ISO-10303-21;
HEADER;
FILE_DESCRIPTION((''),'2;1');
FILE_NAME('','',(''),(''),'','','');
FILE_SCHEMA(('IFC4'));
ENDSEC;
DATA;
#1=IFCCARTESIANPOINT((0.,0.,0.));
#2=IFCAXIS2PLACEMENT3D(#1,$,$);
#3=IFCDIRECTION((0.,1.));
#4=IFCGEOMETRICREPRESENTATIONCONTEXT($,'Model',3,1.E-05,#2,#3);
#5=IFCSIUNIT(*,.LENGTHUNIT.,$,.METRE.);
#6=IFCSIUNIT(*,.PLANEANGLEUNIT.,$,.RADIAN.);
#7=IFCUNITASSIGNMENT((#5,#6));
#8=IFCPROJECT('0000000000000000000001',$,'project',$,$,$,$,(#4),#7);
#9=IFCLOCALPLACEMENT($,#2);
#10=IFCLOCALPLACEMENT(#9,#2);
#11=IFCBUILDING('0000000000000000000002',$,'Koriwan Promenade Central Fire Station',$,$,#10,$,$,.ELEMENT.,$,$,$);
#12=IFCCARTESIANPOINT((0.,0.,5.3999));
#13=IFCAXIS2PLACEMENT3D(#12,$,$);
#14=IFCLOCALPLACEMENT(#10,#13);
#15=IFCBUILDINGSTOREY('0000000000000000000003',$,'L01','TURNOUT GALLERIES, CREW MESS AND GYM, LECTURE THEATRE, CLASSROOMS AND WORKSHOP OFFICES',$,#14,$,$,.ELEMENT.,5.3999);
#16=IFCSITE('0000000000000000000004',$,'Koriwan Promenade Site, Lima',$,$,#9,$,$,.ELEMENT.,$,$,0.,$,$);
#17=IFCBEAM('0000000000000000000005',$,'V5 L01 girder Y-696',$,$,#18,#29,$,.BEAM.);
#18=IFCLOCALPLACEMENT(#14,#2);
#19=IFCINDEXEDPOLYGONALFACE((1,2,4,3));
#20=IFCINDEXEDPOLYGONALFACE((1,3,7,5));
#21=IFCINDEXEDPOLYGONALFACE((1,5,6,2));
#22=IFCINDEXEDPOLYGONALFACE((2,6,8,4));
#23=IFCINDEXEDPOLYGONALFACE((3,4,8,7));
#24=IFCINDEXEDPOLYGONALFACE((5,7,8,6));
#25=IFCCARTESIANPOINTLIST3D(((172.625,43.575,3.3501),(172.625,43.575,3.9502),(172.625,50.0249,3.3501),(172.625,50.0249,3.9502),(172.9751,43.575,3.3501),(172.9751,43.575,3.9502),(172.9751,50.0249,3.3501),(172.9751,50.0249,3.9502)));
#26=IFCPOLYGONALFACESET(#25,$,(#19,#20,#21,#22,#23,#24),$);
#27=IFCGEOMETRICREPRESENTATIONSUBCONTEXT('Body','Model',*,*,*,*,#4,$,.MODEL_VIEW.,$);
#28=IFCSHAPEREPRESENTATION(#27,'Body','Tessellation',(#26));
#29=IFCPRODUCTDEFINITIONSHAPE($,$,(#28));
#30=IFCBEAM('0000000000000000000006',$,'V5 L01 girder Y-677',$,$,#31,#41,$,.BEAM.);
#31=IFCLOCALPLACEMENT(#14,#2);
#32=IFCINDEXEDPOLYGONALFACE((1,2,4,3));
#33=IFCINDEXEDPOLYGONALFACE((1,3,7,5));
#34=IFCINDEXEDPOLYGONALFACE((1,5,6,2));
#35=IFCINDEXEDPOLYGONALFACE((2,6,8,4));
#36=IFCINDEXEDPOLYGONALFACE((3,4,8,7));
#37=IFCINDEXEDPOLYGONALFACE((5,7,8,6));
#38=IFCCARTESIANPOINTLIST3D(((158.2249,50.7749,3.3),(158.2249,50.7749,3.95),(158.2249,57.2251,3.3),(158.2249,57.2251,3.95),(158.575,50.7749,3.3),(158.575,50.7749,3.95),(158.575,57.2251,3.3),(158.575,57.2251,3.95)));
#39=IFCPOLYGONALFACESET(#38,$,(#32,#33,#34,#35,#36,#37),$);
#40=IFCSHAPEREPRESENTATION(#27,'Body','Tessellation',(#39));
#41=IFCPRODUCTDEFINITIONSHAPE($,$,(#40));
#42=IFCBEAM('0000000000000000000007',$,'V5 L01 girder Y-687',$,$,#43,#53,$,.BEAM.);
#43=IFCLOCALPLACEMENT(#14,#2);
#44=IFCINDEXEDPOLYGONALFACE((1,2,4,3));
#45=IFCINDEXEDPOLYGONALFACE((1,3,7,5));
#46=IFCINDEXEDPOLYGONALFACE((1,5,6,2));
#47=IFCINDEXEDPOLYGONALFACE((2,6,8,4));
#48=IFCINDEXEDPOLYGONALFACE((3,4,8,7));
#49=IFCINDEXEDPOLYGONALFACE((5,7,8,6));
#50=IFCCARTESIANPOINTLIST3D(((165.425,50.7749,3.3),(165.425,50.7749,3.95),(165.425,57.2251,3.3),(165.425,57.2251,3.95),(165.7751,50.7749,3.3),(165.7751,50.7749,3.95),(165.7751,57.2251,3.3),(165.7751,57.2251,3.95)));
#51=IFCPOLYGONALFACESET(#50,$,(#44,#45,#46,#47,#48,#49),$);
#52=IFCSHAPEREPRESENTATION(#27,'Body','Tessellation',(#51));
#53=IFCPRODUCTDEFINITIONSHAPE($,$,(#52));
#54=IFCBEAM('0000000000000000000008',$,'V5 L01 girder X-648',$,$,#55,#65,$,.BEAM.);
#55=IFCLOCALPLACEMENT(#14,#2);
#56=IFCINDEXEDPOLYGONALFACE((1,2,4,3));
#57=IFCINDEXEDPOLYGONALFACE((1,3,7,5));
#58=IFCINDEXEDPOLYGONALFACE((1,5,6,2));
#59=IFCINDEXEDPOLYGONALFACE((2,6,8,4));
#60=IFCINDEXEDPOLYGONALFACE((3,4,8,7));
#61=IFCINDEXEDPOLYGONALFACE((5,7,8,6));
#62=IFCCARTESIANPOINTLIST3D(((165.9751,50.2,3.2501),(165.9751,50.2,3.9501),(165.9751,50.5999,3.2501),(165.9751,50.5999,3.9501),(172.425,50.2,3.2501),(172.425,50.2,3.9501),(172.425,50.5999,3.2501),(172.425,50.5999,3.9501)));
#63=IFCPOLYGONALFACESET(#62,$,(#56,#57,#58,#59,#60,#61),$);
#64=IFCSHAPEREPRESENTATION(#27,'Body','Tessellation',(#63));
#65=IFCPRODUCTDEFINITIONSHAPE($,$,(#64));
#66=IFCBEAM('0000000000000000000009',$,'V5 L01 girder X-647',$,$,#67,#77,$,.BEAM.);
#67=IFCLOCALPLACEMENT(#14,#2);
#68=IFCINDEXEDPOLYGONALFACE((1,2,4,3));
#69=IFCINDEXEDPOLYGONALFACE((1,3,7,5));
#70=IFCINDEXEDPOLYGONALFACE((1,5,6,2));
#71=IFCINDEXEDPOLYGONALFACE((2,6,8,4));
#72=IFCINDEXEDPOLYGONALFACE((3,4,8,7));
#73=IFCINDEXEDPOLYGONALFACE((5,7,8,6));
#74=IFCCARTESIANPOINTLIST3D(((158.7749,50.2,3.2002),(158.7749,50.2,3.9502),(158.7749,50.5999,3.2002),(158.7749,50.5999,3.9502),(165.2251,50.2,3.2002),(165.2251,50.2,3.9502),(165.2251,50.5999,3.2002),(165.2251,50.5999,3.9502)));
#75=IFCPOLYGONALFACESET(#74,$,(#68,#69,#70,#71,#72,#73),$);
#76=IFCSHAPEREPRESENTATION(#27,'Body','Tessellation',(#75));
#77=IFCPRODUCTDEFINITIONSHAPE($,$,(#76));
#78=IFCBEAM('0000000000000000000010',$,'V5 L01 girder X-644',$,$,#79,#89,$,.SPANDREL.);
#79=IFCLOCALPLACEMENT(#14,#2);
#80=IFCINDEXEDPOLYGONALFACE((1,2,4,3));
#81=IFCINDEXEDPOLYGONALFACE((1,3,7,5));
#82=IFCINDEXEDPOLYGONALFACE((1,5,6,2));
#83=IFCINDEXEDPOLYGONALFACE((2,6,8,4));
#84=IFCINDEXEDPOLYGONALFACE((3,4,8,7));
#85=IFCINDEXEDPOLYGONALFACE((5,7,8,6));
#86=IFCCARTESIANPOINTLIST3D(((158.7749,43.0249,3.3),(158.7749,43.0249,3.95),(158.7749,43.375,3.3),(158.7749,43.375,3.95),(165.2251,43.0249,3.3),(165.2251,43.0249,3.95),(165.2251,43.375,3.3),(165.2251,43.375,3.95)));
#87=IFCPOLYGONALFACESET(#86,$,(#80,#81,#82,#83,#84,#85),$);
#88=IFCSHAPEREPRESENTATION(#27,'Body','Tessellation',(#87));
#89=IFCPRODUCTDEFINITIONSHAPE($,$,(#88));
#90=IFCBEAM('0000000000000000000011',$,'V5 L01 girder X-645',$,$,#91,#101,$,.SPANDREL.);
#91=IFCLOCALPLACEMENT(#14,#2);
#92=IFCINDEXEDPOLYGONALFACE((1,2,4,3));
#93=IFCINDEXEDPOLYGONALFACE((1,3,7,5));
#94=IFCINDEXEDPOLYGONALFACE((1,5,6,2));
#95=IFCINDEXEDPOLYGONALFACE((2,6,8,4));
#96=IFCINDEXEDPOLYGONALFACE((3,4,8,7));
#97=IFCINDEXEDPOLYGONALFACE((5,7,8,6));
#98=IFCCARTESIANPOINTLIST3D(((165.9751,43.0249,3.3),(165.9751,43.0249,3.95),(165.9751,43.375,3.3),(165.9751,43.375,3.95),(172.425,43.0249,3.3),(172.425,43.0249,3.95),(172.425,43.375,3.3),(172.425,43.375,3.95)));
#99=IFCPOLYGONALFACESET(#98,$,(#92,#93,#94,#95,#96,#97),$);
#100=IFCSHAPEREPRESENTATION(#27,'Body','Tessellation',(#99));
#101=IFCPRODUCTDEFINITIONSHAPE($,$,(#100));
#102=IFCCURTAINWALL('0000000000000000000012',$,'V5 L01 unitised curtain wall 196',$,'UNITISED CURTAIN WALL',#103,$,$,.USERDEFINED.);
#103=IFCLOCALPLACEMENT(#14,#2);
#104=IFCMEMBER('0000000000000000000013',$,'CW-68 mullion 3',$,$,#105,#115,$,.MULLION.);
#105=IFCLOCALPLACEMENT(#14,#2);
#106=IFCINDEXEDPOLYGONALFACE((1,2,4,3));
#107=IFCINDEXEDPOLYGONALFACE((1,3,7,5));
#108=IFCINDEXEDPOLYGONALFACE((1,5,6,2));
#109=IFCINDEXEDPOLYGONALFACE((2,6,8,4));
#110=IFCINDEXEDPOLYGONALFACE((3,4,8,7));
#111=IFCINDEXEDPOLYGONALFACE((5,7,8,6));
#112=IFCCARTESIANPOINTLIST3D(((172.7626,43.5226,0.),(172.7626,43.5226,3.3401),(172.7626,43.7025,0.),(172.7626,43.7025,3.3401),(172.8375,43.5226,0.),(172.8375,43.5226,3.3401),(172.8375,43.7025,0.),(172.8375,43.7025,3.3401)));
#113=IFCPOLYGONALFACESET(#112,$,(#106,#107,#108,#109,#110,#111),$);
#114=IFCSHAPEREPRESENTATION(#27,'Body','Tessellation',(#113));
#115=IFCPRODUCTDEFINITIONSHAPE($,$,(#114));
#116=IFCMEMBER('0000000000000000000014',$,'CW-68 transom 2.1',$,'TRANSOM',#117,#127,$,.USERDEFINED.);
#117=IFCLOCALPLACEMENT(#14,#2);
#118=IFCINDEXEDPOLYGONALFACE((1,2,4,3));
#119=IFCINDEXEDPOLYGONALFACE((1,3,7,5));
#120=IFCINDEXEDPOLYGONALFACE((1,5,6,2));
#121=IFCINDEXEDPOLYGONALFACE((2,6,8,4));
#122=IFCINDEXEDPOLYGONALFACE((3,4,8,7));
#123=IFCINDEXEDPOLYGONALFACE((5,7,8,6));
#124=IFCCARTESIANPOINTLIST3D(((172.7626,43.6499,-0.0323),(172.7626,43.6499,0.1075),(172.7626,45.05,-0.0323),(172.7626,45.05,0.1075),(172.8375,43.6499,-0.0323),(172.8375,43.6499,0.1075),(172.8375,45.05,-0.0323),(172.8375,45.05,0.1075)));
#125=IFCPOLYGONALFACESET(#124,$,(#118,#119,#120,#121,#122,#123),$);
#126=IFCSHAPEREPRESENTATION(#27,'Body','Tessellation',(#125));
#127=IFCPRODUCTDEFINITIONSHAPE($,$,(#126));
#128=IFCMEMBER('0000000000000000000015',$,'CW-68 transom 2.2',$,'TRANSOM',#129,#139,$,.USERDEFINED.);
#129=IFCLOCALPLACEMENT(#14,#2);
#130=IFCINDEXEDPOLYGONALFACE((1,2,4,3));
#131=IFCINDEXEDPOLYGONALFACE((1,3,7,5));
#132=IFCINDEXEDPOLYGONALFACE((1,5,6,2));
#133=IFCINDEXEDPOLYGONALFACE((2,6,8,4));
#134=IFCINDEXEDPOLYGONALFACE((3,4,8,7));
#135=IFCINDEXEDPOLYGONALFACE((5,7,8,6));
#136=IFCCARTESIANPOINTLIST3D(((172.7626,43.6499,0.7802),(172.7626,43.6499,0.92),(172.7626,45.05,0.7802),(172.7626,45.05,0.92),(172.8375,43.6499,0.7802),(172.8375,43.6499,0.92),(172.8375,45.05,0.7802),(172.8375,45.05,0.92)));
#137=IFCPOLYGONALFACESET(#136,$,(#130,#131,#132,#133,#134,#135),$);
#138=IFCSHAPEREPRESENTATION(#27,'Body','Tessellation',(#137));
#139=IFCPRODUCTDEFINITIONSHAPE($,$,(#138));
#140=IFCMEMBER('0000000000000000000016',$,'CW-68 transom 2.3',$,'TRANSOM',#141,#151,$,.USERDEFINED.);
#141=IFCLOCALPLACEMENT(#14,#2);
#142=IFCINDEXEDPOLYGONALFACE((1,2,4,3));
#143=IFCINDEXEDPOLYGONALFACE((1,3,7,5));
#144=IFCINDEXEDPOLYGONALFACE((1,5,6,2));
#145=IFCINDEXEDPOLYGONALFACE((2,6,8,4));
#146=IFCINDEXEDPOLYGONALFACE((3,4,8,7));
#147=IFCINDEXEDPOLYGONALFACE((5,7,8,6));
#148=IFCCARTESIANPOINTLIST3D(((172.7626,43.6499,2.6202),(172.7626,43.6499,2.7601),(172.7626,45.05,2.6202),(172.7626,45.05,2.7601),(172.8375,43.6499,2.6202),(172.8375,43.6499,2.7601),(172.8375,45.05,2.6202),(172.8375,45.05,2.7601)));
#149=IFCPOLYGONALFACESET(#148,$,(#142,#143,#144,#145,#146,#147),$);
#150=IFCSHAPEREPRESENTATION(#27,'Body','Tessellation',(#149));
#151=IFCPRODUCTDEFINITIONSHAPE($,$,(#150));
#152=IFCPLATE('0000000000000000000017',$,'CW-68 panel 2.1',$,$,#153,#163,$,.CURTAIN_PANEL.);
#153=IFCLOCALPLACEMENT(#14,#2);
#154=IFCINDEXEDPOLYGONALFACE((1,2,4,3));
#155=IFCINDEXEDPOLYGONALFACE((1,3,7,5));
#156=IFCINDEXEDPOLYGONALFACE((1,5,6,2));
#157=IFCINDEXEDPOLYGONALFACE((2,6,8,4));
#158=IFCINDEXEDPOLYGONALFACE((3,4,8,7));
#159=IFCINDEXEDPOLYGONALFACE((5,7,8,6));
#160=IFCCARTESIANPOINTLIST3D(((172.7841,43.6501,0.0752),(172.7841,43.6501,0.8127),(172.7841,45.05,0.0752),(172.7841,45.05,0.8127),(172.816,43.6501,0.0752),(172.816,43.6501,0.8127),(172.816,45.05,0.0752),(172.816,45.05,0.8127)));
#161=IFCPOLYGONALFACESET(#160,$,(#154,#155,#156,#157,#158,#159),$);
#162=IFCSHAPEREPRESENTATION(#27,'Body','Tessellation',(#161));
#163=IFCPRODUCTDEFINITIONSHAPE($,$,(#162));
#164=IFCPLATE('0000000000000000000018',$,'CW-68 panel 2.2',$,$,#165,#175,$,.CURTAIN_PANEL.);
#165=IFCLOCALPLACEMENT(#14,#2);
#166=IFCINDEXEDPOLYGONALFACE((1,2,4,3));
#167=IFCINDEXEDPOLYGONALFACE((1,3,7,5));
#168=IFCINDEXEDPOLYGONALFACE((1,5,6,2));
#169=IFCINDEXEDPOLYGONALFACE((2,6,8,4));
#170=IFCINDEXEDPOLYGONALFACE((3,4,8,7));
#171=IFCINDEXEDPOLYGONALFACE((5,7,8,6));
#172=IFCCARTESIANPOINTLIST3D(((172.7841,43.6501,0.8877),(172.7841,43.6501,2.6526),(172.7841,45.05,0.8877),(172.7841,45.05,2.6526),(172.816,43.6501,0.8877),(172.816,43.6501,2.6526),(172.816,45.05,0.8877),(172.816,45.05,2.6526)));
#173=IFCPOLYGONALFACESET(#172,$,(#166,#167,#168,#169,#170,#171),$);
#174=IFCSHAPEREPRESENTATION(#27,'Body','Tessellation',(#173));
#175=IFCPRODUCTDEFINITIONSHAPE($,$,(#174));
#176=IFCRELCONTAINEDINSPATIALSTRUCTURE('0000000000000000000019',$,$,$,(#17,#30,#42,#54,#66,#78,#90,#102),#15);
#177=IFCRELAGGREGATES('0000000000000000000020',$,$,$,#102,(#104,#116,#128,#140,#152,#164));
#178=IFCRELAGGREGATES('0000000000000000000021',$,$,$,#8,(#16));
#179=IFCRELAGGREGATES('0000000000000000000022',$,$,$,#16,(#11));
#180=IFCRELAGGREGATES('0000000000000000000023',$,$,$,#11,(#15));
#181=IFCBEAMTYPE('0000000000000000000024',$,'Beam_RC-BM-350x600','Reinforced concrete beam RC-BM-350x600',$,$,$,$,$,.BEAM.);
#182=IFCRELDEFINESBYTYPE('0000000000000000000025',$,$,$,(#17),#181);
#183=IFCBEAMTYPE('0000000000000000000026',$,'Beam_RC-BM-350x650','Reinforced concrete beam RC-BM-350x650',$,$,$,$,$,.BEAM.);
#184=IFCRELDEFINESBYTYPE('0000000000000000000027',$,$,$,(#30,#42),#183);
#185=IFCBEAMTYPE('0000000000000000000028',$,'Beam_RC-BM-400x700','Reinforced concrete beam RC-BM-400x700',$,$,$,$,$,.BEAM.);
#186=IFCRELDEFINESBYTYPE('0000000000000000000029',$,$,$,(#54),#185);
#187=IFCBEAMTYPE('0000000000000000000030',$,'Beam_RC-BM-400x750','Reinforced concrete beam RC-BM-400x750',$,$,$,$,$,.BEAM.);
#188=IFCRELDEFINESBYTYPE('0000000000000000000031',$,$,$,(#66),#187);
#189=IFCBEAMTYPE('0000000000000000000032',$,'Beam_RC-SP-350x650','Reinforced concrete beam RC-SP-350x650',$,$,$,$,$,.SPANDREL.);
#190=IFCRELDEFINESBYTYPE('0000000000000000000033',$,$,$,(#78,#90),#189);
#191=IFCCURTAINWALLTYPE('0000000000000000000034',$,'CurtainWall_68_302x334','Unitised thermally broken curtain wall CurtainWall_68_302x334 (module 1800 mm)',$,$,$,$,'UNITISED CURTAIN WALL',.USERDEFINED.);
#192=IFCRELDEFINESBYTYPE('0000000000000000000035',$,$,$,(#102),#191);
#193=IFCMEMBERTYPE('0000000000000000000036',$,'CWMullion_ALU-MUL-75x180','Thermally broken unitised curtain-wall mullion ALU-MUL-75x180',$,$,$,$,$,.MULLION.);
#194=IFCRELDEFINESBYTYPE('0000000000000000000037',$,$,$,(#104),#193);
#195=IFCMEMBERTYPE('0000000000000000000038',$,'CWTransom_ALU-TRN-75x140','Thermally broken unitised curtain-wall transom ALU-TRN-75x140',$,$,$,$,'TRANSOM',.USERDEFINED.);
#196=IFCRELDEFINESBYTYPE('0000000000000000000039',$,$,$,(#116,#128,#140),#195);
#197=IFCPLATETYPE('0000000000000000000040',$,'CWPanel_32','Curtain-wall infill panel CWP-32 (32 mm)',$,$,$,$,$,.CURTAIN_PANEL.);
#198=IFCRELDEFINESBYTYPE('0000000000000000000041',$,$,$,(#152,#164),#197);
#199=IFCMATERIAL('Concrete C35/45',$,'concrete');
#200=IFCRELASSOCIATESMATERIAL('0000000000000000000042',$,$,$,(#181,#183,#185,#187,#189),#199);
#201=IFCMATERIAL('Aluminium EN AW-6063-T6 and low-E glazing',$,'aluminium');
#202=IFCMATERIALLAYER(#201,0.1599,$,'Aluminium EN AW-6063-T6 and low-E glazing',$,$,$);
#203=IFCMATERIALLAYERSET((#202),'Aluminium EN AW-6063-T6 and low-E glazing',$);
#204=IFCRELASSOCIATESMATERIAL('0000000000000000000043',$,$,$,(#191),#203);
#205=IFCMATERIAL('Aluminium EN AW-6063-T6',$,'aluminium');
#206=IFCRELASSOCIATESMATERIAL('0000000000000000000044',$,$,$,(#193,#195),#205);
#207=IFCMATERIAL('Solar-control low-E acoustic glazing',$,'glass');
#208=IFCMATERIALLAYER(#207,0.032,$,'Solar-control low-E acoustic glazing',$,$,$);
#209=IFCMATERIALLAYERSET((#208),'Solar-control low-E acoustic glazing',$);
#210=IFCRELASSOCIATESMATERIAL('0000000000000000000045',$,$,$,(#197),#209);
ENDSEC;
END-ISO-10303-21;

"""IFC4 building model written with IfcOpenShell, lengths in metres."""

from ifc_helpers import new_model, si_unit, direction, frame, origin, origin_2d, place, context, subcontext, project, spatial, rectangle, extrude, material, layer, layer_set, material_profile, profile_set, type_object, element, aggregate, save


model = new_model("IFC4")

# Units and contexts
model_context = context("Model", 3, precision=1e-05, world=origin(), true_north=direction((0.0, 1.0)))
body_context = subcontext(model_context, "Body", "Model", "MODEL_VIEW")
ifc_project = project(units=[si_unit("LENGTHUNIT", "METRE"), si_unit("PLANEANGLEUNIT", "RADIAN")], contexts=[model_context])

# Site, building, storey
site_placement = place(None, origin())
site = spatial("IfcSite", under=ifc_project, at=site_placement, Name="Koriwan Promenade Site, Lima", CompositionType="ELEMENT", RefElevation=0.0)
building_placement = place(site_placement, origin())
building = spatial("IfcBuilding", under=site, at=building_placement, Name="Koriwan Promenade Central Fire Station", CompositionType="ELEMENT")
storey_placement = place(building_placement, frame((0.0, 0.0, 5.3999)))
storey = spatial("IfcBuildingStorey", under=building, at=storey_placement, Name="L01", Description="TURNOUT GALLERIES, CREW MESS AND GYM, LECTURE THEATRE, CLASSROOMS AND WORKSHOP OFFICES", CompositionType="ELEMENT", Elevation=5.3999)

# Beams
ifc_material_1 = material(Name="Concrete C35/45", Category="concrete")
ifc_material_profile_1 = material_profile(ifc_material_1, rectangle(XDim=0.3501, YDim=0.6001, at=origin_2d()), Name="RC-BM-350x600")
ifc_profile_set_1 = profile_set([ifc_material_profile_1], Name="Concrete C35/45")
beam_type_1 = type_object("IfcBeamType", Name="Beam_RC-BM-350x600", Description="Reinforced concrete beam RC-BM-350x600", PredefinedType="BEAM", material=ifc_profile_set_1)
for number, where, z_axis, x_axis, name in (
    (1, (172.8, 43.575, 3.6501), (0.0, 1.0, 0.0), (-1.0, 0.0, 0.0), "V5 L01 girder Y-696"),
):
    element("IfcBeam", number, at=place(storey_placement, frame(where, z_axis=z_axis, x_axis=x_axis)), inside=storey, type_object=beam_type_1, Name=name, PredefinedType="BEAM", context=body_context, shape_type="SweptSolid", body=[
        extrude(rectangle(XDim=0.3501, YDim=0.6001, at=origin_2d()), origin(), (0.0, 0.0, 1.0), 6.45),
    ])
ifc_material_profile_2 = material_profile(ifc_material_1, rectangle(XDim=0.3501, YDim=0.6499, at=origin_2d()), Name="RC-BM-350x650")
ifc_profile_set_2 = profile_set([ifc_material_profile_2], Name="Concrete C35/45")
beam_type_2 = type_object("IfcBeamType", Name="Beam_RC-BM-350x650", Description="Reinforced concrete beam RC-BM-350x650", PredefinedType="BEAM", material=ifc_profile_set_2)
for number, where, z_axis, x_axis, name in (
    (2, (158.3999, 50.7749, 3.625), (0.0, 1.0, 0.0), (-1.0, 0.0, 0.0), "V5 L01 girder Y-677"),
    (3, (165.6001, 50.7749, 3.625), (0.0, 1.0, 0.0), (-1.0, 0.0, 0.0), "V5 L01 girder Y-687"),
):
    element("IfcBeam", number, at=place(storey_placement, frame(where, z_axis=z_axis, x_axis=x_axis)), inside=storey, type_object=beam_type_2, Name=name, PredefinedType="BEAM", context=body_context, shape_type="SweptSolid", body=[
        extrude(rectangle(XDim=0.3501, YDim=0.6499, at=origin_2d()), origin(), (0.0, 0.0, 1.0), 6.4502),
    ])
ifc_material_profile_3 = material_profile(ifc_material_1, rectangle(XDim=0.3999, YDim=0.7, at=origin_2d()), Name="RC-BM-400x700")
ifc_profile_set_3 = profile_set([ifc_material_profile_3], Name="Concrete C35/45")
beam_type_3 = type_object("IfcBeamType", Name="Beam_RC-BM-400x700", Description="Reinforced concrete beam RC-BM-400x700", PredefinedType="BEAM", material=ifc_profile_set_3)
beam_1_placement = place(storey_placement, frame((165.9751, 50.3999, 3.6001), z_axis=(1.0, 0.0, 0.0), x_axis=(0.0, 1.0, 0.0)))
element("IfcBeam", 4, at=beam_1_placement, inside=storey, type_object=beam_type_3, Name="V5 L01 girder X-648", PredefinedType="BEAM", context=body_context, shape_type="SweptSolid", body=[
    extrude(rectangle(XDim=0.3999, YDim=0.7, at=origin_2d()), origin(), (0.0, 0.0, 1.0), 6.45),
])
ifc_material_profile_4 = material_profile(ifc_material_1, rectangle(XDim=0.3999, YDim=0.75, at=origin_2d()), Name="RC-BM-400x750")
ifc_profile_set_4 = profile_set([ifc_material_profile_4], Name="Concrete C35/45")
beam_type_4 = type_object("IfcBeamType", Name="Beam_RC-BM-400x750", Description="Reinforced concrete beam RC-BM-400x750", PredefinedType="BEAM", material=ifc_profile_set_4)
beam_2_placement = place(storey_placement, frame((158.7749, 50.3999, 3.5752), z_axis=(1.0, 0.0, 0.0), x_axis=(0.0, 1.0, 0.0)))
element("IfcBeam", 5, at=beam_2_placement, inside=storey, type_object=beam_type_4, Name="V5 L01 girder X-647", PredefinedType="BEAM", context=body_context, shape_type="SweptSolid", body=[
    extrude(rectangle(XDim=0.3999, YDim=0.75, at=origin_2d()), origin(), (0.0, 0.0, 1.0), 6.4502),
])
ifc_material_profile_5 = material_profile(ifc_material_1, rectangle(XDim=0.3501, YDim=0.6499, at=origin_2d()), Name="RC-SP-350x650")
ifc_profile_set_5 = profile_set([ifc_material_profile_5], Name="Concrete C35/45")
beam_type_5 = type_object("IfcBeamType", Name="Beam_RC-SP-350x650", Description="Reinforced concrete beam RC-SP-350x650", PredefinedType="SPANDREL", material=ifc_profile_set_5)
beam_3_placement = place(storey_placement, frame((158.7749, 43.2, 3.625), z_axis=(1.0, 0.0, 0.0), x_axis=(0.0, 1.0, 0.0)))
element("IfcBeam", 6, at=beam_3_placement, inside=storey, type_object=beam_type_5, Name="V5 L01 girder X-644", PredefinedType="SPANDREL", context=body_context, shape_type="SweptSolid", body=[
    extrude(rectangle(XDim=0.3501, YDim=0.6499, at=origin_2d()), origin(), (0.0, 0.0, 1.0), 6.4502),
])
beam_4_placement = place(storey_placement, frame((165.9751, 43.2, 3.625), z_axis=(1.0, 0.0, 0.0), x_axis=(0.0, 1.0, 0.0)))
element("IfcBeam", 7, at=beam_4_placement, inside=storey, type_object=beam_type_5, Name="V5 L01 girder X-645", PredefinedType="SPANDREL", context=body_context, shape_type="SweptSolid", body=[
    extrude(rectangle(XDim=0.3501, YDim=0.6499, at=origin_2d()), origin(), (0.0, 0.0, 1.0), 6.45),
])

# Curtain wall, members, plates
ifc_material_2 = material(Name="Aluminium EN AW-6063-T6 and low-E glazing", Category="aluminium")
ifc_layer_1 = layer(ifc_material_2, 0.1599, Name="Aluminium EN AW-6063-T6 and low-E glazing")
ifc_layer_set_1 = layer_set([ifc_layer_1], Name="Aluminium EN AW-6063-T6 and low-E glazing")
curtain_wall_type = type_object("IfcCurtainWallType", Name="CurtainWall_68_302x334", Description="Unitised thermally broken curtain wall CurtainWall_68_302x334 (module 1800 mm)", ElementType="UNITISED CURTAIN WALL", PredefinedType="USERDEFINED", material=ifc_layer_set_1)
curtain_wall_placement = place(storey_placement, origin())
curtain_wall = element("IfcCurtainWall", 8, at=curtain_wall_placement, inside=storey, type_object=curtain_wall_type, Name="V5 L01 unitised curtain wall 196", ObjectType="UNITISED CURTAIN WALL", PredefinedType="USERDEFINED")
ifc_material_3 = material(Name="Aluminium EN AW-6063-T6", Category="aluminium")
ifc_material_profile_6 = material_profile(ifc_material_3, rectangle(XDim=0.075, YDim=0.1799, at=origin_2d()), Name="ALU-MUL-75x180")
ifc_profile_set_6 = profile_set([ifc_material_profile_6], Name="Aluminium EN AW-6063-T6")
member_type_1 = type_object("IfcMemberType", Name="CWMullion_ALU-MUL-75x180", Description="Thermally broken unitised curtain-wall mullion ALU-MUL-75x180", PredefinedType="MULLION", material=ifc_profile_set_6)
member_1_placement = place(storey_placement, frame((172.8, 43.6125, 0.0), z_axis=(0.0, 0.0, 1.0), x_axis=(1.0, 0.0, 0.0)))
member_1 = element("IfcMember", 9, at=member_1_placement, type_object=member_type_1, Name="CW-68 mullion 3", PredefinedType="MULLION", context=body_context, shape_type="SweptSolid", body=[
    extrude(rectangle(XDim=0.075, YDim=0.1799, at=origin_2d()), origin(), (0.0, 0.0, 1.0), 3.3401),
])
ifc_material_profile_7 = material_profile(ifc_material_3, rectangle(XDim=0.075, YDim=0.1399, at=origin_2d()), Name="ALU-TRN-75x140")
ifc_profile_set_7 = profile_set([ifc_material_profile_7], Name="Aluminium EN AW-6063-T6")
member_type_2 = type_object("IfcMemberType", Name="CWTransom_ALU-TRN-75x140", Description="Thermally broken unitised curtain-wall transom ALU-TRN-75x140", ElementType="TRANSOM", PredefinedType="USERDEFINED", material=ifc_profile_set_7)
member_2_placement = place(storey_placement, frame((172.8, 45.05, 0.0376), z_axis=(0.0, -1.0, 0.0), x_axis=(1.0, 0.0, 0.0)))
member_2 = element("IfcMember", 10, at=member_2_placement, type_object=member_type_2, Name="CW-68 transom 2.1", ObjectType="TRANSOM", PredefinedType="USERDEFINED", context=body_context, shape_type="SweptSolid", body=[
    extrude(rectangle(XDim=0.075, YDim=0.1399, at=origin_2d()), origin(), (0.0, 0.0, 1.0), 1.4001),
])
member_3_placement = place(storey_placement, frame((172.8, 45.05, 0.8501), z_axis=(0.0, -1.0, 0.0), x_axis=(1.0, 0.0, 0.0)))
member_3 = element("IfcMember", 11, at=member_3_placement, type_object=member_type_2, Name="CW-68 transom 2.2", ObjectType="TRANSOM", PredefinedType="USERDEFINED", context=body_context, shape_type="SweptSolid", body=[
    extrude(rectangle(XDim=0.075, YDim=0.1399, at=origin_2d()), origin(), (0.0, 0.0, 1.0), 1.4001),
])
member_4_placement = place(storey_placement, frame((172.8, 45.05, 2.6902), z_axis=(0.0, -1.0, 0.0), x_axis=(1.0, 0.0, 0.0)))
member_4 = element("IfcMember", 12, at=member_4_placement, type_object=member_type_2, Name="CW-68 transom 2.3", ObjectType="TRANSOM", PredefinedType="USERDEFINED", context=body_context, shape_type="SweptSolid", body=[
    extrude(rectangle(XDim=0.075, YDim=0.1399, at=origin_2d()), origin(), (0.0, 0.0, 1.0), 1.4001),
])
ifc_material_4 = material(Name="Solar-control low-E acoustic glazing", Category="glass")
ifc_layer_2 = layer(ifc_material_4, 0.032, Name="Solar-control low-E acoustic glazing")
ifc_layer_set_2 = layer_set([ifc_layer_2], Name="Solar-control low-E acoustic glazing")
plate_type = type_object("IfcPlateType", Name="CWPanel_32", Description="Curtain-wall infill panel CWP-32 (32 mm)", PredefinedType="CURTAIN_PANEL", material=ifc_layer_set_2)
plate_1_placement = place(storey_placement, frame((172.8, 44.3501, 0.0752), z_axis=(0.0, 0.0, 1.0), x_axis=(0.0, -1.0, 0.0)))
plate_1 = element("IfcPlate", 13, at=plate_1_placement, type_object=plate_type, Name="CW-68 panel 2.1", PredefinedType="CURTAIN_PANEL", context=body_context, shape_type="SweptSolid", body=[
    extrude(rectangle(XDim=1.3999, YDim=0.032, at=origin_2d()), origin(), (0.0, 0.0, 1.0), 0.7375),
])
plate_2_placement = place(storey_placement, frame((172.8, 44.3501, 0.8877), z_axis=(0.0, 0.0, 1.0), x_axis=(0.0, -1.0, 0.0)))
plate_2 = element("IfcPlate", 14, at=plate_2_placement, type_object=plate_type, Name="CW-68 panel 2.2", PredefinedType="CURTAIN_PANEL", context=body_context, shape_type="SweptSolid", body=[
    extrude(rectangle(XDim=1.3999, YDim=0.032, at=origin_2d()), origin(), (0.0, 0.0, 1.0), 1.7649),
])
aggregate(curtain_wall, [member_1, member_2, member_3, member_4, plate_1, plate_2])

save(model, "model.ifc")
